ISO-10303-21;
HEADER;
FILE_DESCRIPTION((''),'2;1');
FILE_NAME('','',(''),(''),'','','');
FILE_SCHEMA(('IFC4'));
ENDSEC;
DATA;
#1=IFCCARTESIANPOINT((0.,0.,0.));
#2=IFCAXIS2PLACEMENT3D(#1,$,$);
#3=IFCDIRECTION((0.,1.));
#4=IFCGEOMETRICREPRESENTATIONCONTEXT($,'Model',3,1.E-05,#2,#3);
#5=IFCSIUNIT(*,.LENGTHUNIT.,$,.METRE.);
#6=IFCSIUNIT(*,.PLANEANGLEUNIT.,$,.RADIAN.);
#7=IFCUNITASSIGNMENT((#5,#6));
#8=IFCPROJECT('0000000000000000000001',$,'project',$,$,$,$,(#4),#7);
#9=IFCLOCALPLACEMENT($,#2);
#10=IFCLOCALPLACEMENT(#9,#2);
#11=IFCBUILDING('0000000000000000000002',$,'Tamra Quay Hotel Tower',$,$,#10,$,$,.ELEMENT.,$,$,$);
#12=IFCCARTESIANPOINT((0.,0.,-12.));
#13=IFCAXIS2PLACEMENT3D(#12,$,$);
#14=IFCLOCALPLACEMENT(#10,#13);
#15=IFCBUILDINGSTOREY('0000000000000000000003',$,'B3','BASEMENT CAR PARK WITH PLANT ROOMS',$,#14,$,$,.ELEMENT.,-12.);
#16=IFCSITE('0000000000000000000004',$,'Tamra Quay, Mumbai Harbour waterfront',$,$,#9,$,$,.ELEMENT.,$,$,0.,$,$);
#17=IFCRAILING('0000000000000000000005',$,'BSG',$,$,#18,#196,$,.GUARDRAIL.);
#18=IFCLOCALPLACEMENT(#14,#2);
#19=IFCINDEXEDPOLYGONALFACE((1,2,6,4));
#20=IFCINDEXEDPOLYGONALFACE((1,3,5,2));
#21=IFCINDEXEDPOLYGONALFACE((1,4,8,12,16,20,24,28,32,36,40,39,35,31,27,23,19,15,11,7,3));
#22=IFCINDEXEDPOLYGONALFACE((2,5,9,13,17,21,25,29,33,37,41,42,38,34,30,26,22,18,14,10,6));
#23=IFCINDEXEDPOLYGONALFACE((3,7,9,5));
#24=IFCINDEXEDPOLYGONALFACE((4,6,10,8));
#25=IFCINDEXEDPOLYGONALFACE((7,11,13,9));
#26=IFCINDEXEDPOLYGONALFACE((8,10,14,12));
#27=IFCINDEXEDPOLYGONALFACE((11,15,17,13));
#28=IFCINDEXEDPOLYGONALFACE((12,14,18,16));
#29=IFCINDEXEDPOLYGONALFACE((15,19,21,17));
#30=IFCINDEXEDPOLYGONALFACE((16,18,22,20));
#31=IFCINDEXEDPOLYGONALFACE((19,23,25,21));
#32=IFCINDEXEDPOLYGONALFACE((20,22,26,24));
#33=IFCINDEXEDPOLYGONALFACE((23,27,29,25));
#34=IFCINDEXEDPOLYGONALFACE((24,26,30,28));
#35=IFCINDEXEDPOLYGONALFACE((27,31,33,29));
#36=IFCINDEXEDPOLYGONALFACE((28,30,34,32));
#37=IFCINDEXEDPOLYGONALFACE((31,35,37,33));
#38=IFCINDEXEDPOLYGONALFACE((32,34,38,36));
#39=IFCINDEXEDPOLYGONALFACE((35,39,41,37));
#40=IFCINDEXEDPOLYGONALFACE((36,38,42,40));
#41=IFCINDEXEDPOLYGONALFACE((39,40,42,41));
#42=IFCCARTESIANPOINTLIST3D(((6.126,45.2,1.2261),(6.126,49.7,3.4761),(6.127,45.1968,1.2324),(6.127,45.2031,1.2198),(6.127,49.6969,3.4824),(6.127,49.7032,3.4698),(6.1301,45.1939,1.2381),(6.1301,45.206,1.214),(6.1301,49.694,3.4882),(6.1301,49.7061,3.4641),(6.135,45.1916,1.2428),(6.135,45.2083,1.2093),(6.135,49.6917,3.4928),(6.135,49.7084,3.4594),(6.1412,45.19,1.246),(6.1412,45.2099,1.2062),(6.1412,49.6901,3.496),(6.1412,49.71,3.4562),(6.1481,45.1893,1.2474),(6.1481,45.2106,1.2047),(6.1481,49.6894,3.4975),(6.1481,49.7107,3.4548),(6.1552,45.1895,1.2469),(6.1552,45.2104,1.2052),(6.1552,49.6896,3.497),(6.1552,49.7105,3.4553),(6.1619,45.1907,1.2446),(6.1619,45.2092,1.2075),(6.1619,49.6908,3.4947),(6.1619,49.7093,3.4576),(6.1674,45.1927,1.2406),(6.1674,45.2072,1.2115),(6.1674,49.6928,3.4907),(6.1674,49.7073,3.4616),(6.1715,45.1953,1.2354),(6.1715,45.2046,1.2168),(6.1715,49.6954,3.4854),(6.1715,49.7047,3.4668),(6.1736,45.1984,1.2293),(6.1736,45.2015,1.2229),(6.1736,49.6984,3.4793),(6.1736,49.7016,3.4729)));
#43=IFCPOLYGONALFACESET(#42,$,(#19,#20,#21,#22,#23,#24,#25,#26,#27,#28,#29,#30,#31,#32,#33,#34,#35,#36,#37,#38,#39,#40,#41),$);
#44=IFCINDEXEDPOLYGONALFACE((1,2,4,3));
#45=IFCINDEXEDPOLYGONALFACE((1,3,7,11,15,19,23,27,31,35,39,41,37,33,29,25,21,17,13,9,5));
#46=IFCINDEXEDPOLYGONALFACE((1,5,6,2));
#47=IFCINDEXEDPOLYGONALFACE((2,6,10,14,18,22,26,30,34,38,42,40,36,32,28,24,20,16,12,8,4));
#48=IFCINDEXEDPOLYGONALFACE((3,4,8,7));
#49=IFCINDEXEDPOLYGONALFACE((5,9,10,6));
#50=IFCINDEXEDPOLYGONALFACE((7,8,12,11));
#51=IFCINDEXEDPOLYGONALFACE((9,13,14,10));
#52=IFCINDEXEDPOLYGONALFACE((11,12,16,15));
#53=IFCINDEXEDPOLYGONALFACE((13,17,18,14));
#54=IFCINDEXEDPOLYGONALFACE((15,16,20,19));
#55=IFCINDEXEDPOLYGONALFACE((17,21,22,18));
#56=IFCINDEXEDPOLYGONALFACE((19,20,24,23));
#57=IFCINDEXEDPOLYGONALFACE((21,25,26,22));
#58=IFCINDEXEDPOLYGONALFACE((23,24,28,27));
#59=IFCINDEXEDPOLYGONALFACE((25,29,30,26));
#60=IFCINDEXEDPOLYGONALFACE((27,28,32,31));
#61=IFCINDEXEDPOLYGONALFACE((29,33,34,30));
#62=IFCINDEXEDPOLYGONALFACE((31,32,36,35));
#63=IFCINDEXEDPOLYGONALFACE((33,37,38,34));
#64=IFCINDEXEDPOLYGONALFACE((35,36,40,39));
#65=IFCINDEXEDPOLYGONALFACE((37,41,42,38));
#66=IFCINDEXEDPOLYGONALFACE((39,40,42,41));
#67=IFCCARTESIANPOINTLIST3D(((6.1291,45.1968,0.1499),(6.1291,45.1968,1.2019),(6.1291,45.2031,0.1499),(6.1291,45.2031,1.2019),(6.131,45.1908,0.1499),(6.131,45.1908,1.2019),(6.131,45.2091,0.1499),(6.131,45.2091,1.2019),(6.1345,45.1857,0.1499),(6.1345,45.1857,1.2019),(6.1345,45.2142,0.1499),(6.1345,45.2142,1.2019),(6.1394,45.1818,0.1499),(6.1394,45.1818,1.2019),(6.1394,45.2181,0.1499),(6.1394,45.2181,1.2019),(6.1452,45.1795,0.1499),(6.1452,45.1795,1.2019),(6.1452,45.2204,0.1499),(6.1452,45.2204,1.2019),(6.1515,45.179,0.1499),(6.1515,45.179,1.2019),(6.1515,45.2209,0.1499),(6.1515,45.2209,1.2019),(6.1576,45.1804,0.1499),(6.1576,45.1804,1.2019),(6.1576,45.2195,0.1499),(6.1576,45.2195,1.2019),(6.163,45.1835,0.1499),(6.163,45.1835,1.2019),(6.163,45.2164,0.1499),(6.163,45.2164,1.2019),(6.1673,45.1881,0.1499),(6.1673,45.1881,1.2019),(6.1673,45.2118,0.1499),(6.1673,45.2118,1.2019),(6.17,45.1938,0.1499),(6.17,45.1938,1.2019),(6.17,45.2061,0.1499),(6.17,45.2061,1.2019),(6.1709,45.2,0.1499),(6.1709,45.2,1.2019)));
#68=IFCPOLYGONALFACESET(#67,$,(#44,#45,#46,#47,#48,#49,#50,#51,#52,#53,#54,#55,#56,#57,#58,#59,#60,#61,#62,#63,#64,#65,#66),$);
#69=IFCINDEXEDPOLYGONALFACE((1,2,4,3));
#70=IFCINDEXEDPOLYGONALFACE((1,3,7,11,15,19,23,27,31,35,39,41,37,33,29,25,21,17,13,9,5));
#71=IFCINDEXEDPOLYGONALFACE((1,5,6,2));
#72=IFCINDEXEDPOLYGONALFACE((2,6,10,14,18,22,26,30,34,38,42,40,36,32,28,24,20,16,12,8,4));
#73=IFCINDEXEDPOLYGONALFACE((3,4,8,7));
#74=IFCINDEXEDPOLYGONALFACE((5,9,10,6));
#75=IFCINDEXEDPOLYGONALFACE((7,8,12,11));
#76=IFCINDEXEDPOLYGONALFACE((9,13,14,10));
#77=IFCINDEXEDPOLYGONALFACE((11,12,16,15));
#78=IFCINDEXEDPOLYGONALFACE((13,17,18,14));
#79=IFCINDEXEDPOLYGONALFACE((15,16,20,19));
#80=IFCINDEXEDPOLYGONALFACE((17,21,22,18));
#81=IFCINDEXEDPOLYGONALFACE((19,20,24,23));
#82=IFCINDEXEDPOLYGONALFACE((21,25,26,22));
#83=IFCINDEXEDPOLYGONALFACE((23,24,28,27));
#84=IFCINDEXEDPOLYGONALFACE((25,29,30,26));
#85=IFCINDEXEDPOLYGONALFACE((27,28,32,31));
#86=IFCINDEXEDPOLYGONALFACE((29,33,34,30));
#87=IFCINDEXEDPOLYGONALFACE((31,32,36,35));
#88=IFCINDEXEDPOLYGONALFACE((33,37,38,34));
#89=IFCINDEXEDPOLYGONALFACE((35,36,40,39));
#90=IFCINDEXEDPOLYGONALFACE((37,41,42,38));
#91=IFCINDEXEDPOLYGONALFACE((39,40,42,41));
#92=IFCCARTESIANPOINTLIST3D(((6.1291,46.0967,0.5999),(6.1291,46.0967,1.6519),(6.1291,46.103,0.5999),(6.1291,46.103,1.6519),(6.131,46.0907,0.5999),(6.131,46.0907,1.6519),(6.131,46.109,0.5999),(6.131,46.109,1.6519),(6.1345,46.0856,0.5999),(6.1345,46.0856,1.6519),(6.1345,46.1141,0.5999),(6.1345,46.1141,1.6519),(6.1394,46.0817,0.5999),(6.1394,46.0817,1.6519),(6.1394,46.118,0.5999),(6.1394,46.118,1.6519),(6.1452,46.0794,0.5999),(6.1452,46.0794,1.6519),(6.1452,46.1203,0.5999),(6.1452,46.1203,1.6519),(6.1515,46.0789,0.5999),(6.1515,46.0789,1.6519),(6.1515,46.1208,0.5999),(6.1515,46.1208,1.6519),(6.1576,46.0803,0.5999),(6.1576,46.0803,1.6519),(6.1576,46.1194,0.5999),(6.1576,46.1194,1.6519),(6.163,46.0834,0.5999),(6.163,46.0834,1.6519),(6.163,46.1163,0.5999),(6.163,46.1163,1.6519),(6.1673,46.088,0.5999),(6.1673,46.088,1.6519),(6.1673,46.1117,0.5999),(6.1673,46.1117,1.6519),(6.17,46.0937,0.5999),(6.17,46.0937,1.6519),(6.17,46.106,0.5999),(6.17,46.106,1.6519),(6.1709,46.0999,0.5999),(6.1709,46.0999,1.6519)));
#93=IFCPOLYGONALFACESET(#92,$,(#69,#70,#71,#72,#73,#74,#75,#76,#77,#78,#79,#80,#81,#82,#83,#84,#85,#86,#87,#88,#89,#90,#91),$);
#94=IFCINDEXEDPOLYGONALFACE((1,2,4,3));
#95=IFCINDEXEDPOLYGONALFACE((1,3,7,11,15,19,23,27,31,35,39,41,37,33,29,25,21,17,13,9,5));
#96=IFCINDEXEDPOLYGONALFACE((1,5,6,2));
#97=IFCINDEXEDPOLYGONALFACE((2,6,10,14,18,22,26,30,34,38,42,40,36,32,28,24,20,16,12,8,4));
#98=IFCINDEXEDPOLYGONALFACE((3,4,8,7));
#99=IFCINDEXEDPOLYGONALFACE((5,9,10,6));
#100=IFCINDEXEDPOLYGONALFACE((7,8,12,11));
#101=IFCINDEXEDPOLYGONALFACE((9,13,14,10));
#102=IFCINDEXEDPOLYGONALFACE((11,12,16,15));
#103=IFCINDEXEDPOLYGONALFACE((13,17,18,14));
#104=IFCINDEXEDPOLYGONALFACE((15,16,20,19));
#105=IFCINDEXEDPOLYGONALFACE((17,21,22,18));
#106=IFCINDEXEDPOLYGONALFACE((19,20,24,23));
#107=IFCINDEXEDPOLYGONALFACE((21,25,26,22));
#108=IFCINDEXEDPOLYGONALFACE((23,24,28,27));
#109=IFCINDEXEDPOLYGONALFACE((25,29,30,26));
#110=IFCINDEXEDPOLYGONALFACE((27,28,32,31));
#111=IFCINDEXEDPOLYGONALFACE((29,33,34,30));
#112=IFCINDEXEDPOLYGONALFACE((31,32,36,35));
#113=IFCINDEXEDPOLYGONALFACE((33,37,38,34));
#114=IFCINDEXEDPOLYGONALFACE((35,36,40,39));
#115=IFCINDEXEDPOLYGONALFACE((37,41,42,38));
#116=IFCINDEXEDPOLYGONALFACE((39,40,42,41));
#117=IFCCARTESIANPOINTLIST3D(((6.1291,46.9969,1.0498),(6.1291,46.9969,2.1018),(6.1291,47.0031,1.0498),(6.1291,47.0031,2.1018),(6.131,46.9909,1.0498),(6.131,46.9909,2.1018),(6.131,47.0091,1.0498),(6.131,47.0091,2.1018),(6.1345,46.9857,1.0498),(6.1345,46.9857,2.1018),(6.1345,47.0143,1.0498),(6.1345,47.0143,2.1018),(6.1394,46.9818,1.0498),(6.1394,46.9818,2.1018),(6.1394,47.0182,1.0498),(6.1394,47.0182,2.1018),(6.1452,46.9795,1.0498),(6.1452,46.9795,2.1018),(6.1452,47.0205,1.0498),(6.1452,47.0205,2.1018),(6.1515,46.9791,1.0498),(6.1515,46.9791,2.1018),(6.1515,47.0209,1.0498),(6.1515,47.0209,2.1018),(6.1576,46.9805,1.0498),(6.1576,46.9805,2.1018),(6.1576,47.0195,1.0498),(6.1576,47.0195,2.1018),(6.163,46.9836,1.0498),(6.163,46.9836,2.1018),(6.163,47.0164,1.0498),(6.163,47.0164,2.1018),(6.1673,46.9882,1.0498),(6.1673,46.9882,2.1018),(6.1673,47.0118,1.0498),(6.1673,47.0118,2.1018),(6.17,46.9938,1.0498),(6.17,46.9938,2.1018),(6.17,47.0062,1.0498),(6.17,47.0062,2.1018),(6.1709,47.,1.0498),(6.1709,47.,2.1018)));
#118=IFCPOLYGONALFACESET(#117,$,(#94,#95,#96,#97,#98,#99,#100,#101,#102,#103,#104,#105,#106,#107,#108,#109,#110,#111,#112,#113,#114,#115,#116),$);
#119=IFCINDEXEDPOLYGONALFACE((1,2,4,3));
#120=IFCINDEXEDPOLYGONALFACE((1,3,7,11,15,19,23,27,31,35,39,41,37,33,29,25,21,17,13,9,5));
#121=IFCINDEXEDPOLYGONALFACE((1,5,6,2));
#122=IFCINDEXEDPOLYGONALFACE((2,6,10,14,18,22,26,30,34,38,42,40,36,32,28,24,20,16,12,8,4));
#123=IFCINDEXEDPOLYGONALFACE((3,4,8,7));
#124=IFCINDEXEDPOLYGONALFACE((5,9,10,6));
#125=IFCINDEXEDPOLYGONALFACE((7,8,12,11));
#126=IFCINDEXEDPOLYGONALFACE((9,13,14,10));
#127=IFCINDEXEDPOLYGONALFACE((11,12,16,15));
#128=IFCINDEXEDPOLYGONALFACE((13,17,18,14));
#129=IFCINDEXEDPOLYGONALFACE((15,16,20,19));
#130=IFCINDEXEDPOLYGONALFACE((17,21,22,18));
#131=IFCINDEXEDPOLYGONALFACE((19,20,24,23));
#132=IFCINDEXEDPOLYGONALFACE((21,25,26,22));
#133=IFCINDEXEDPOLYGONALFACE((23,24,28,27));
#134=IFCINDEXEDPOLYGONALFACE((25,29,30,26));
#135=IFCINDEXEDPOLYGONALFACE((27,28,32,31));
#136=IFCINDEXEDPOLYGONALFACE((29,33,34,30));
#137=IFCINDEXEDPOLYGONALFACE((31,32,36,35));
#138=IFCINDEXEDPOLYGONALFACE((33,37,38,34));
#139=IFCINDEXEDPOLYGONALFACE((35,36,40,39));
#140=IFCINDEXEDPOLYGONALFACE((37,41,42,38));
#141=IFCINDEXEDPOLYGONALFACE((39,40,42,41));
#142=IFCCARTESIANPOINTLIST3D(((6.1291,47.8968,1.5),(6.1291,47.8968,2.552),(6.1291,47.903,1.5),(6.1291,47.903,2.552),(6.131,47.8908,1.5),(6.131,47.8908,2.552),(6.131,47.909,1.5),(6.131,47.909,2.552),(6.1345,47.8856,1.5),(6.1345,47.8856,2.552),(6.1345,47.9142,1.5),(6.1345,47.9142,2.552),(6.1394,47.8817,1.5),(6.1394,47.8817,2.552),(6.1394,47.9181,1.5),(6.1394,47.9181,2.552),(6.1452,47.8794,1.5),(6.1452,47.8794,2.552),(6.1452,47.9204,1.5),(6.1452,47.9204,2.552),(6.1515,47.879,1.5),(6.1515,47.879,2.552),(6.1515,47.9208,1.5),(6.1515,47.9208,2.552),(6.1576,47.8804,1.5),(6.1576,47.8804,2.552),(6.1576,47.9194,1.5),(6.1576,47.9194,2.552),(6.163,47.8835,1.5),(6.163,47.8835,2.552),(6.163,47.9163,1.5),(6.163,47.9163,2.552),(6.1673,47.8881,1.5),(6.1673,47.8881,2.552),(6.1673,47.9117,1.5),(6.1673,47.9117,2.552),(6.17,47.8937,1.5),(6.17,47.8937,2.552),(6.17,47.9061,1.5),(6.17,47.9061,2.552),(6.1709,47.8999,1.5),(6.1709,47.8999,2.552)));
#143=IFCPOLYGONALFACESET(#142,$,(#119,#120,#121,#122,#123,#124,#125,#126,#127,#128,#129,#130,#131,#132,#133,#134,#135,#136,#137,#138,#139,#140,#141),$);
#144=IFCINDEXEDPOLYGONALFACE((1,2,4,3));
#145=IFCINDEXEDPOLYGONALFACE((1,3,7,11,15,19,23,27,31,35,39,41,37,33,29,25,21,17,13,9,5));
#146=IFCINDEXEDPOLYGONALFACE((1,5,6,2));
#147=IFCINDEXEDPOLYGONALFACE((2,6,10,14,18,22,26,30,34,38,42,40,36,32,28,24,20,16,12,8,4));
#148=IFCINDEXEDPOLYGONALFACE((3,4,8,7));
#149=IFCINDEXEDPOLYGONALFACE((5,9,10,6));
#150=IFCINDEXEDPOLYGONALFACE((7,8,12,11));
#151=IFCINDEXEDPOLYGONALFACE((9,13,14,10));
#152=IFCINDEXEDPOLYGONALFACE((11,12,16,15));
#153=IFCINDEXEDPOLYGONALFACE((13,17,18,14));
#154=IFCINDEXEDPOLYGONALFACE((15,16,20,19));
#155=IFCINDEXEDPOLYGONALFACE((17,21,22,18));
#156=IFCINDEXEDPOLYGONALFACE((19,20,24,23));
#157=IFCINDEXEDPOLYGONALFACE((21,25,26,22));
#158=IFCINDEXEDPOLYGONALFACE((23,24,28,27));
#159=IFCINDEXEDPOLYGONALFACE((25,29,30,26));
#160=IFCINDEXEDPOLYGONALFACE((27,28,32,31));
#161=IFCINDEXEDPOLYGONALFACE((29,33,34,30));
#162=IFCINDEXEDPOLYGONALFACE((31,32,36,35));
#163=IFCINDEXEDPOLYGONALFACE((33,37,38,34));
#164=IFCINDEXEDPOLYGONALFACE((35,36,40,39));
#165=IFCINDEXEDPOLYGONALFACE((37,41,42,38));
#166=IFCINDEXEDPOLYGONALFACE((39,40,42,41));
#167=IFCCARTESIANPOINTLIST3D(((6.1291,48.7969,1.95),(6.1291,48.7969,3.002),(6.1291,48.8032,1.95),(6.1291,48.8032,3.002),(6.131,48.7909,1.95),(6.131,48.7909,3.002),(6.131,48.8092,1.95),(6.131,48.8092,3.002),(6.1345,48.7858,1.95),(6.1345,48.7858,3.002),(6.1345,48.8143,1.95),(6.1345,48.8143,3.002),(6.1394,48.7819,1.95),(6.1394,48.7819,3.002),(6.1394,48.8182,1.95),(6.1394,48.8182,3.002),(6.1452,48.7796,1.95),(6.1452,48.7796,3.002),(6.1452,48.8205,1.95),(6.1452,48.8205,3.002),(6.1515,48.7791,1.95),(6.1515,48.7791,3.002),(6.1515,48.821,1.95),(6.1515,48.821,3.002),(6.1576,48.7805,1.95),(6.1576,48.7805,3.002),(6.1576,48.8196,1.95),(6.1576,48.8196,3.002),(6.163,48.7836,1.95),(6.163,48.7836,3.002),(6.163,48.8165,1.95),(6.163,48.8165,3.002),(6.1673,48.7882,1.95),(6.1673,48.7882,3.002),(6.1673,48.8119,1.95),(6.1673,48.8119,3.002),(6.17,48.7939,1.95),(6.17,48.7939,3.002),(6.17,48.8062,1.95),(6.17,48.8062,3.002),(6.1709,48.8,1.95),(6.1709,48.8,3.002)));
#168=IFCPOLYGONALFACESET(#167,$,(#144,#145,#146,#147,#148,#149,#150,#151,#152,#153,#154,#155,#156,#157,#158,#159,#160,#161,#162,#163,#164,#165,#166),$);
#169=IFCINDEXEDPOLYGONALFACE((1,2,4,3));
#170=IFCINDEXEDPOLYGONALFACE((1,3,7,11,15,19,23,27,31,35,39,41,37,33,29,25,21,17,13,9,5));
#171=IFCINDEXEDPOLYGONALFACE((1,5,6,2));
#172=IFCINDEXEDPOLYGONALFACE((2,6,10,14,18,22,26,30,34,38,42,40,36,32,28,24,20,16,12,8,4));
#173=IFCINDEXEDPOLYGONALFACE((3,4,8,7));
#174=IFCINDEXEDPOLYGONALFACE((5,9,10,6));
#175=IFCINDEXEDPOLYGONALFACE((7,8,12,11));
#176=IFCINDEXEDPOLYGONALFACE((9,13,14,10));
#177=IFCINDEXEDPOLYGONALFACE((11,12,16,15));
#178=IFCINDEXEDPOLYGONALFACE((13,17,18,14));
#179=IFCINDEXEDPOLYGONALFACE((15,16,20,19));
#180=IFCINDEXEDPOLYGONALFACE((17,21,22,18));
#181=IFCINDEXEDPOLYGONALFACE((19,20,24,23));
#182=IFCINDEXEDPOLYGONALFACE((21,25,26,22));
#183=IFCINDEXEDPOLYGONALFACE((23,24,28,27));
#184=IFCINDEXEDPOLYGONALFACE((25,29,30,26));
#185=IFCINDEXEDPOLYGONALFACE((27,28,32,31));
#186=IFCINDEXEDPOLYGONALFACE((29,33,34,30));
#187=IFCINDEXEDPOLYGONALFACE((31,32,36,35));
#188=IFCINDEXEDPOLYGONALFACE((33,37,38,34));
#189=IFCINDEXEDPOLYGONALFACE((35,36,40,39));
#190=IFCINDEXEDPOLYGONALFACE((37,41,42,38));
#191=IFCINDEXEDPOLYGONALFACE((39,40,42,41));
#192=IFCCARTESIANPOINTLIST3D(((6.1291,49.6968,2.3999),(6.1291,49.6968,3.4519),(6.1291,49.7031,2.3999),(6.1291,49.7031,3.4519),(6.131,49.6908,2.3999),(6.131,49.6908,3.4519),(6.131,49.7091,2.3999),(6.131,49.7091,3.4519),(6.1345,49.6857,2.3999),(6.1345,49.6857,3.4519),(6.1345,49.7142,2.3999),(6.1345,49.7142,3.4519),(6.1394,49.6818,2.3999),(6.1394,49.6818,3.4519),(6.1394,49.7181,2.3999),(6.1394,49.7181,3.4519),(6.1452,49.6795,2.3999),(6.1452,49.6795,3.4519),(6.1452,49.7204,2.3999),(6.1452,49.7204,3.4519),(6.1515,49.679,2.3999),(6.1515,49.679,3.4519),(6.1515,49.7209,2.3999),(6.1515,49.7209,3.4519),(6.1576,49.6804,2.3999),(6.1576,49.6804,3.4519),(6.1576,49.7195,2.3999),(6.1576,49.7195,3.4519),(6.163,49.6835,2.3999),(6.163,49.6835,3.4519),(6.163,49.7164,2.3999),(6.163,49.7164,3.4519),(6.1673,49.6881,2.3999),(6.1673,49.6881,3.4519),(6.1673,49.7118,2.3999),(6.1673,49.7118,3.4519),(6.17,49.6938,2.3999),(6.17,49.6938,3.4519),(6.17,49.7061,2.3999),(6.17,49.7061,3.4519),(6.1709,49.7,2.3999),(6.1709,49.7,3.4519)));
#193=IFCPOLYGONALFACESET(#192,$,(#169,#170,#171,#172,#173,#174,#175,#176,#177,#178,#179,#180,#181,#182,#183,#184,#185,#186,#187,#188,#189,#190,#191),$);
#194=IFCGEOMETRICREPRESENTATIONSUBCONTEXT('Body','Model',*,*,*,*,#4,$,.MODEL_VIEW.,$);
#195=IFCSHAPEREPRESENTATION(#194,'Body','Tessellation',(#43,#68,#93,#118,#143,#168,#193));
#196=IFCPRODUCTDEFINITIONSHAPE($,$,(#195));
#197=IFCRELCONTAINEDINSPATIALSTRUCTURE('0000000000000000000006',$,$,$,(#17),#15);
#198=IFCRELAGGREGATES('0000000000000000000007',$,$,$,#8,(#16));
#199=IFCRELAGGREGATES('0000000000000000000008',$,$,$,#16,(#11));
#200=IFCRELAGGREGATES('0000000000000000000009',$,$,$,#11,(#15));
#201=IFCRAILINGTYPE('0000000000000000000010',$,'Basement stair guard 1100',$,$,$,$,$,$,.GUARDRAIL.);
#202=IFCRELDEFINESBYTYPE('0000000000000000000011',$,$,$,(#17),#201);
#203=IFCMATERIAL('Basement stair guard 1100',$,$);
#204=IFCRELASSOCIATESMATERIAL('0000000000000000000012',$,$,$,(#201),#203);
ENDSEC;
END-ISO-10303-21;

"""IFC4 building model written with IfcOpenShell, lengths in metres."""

from ifc_helpers import new_model, si_unit, direction, frame, origin, origin_2d, place, context, subcontext, project, spatial, circle, extrude, material, type_object, element, save


model = new_model("IFC4")

# Units and contexts
model_context = context("Model", 3, precision=1e-05, world=origin(), true_north=direction((0.0, 1.0)))
body_context = subcontext(model_context, "Body", "Model", "MODEL_VIEW")
ifc_project = project(units=[si_unit("LENGTHUNIT", "METRE"), si_unit("PLANEANGLEUNIT", "RADIAN")], contexts=[model_context])

# Site, building, storey
site_placement = place(None, origin())
site = spatial("IfcSite", under=ifc_project, at=site_placement, Name="Tamra Quay, Mumbai Harbour waterfront", CompositionType="ELEMENT", RefElevation=0.0)
building_placement = place(site_placement, origin())
building = spatial("IfcBuilding", under=site, at=building_placement, Name="Tamra Quay Hotel Tower", CompositionType="ELEMENT")
storey_placement = place(building_placement, frame((0.0, 0.0, -12.0)))
storey = spatial("IfcBuildingStorey", under=building, at=storey_placement, Name="B3", Description="BASEMENT CAR PARK WITH PLANT ROOMS", CompositionType="ELEMENT", Elevation=-12.0)

# Railing
ifc_material_1 = material(Name="Basement stair guard 1100")
railing_type_1 = type_object("IfcRailingType", Name="Basement stair guard 1100", PredefinedType="GUARDRAIL", material=ifc_material_1)
railing_1_placement = place(storey_placement, frame((6.1499, 45.2, 0.1499)))
element("IfcRailing", 1, at=railing_1_placement, inside=storey, type_object=railing_type_1, Name="BSG", PredefinedType="GUARDRAIL", context=body_context, shape_type="SweptSolid", body=[
    extrude(circle(Radius=0.0239, at=origin_2d()), frame((0.0, 0.0, 1.0762), z_axis=(0.0, 0.894427, 0.447214), x_axis=(-1.0, 0.0, 0.0)), (0.0, 0.0, 1.0), 5.0312),
    extrude(circle(Radius=0.021, at=origin_2d()), origin(), (0.0, 0.0, 1.0), 1.052),
    extrude(circle(Radius=0.021, at=origin_2d()), frame((0.0, 0.8999, 0.45)), (0.0, 0.0, 1.0), 1.052),
    extrude(circle(Radius=0.021, at=origin_2d()), frame((0.0, 1.8, 0.8999)), (0.0, 0.0, 1.0), 1.052),
    extrude(circle(Radius=0.021, at=origin_2d()), frame((0.0, 2.7, 1.3501)), (0.0, 0.0, 1.0), 1.052),
    extrude(circle(Radius=0.021, at=origin_2d()), frame((0.0, 3.6001, 1.8)), (0.0, 0.0, 1.0), 1.052),
    extrude(circle(Radius=0.021, at=origin_2d()), frame((0.0, 4.5, 2.25)), (0.0, 0.0, 1.0), 1.052),
])

save(model, "model.ifc")
